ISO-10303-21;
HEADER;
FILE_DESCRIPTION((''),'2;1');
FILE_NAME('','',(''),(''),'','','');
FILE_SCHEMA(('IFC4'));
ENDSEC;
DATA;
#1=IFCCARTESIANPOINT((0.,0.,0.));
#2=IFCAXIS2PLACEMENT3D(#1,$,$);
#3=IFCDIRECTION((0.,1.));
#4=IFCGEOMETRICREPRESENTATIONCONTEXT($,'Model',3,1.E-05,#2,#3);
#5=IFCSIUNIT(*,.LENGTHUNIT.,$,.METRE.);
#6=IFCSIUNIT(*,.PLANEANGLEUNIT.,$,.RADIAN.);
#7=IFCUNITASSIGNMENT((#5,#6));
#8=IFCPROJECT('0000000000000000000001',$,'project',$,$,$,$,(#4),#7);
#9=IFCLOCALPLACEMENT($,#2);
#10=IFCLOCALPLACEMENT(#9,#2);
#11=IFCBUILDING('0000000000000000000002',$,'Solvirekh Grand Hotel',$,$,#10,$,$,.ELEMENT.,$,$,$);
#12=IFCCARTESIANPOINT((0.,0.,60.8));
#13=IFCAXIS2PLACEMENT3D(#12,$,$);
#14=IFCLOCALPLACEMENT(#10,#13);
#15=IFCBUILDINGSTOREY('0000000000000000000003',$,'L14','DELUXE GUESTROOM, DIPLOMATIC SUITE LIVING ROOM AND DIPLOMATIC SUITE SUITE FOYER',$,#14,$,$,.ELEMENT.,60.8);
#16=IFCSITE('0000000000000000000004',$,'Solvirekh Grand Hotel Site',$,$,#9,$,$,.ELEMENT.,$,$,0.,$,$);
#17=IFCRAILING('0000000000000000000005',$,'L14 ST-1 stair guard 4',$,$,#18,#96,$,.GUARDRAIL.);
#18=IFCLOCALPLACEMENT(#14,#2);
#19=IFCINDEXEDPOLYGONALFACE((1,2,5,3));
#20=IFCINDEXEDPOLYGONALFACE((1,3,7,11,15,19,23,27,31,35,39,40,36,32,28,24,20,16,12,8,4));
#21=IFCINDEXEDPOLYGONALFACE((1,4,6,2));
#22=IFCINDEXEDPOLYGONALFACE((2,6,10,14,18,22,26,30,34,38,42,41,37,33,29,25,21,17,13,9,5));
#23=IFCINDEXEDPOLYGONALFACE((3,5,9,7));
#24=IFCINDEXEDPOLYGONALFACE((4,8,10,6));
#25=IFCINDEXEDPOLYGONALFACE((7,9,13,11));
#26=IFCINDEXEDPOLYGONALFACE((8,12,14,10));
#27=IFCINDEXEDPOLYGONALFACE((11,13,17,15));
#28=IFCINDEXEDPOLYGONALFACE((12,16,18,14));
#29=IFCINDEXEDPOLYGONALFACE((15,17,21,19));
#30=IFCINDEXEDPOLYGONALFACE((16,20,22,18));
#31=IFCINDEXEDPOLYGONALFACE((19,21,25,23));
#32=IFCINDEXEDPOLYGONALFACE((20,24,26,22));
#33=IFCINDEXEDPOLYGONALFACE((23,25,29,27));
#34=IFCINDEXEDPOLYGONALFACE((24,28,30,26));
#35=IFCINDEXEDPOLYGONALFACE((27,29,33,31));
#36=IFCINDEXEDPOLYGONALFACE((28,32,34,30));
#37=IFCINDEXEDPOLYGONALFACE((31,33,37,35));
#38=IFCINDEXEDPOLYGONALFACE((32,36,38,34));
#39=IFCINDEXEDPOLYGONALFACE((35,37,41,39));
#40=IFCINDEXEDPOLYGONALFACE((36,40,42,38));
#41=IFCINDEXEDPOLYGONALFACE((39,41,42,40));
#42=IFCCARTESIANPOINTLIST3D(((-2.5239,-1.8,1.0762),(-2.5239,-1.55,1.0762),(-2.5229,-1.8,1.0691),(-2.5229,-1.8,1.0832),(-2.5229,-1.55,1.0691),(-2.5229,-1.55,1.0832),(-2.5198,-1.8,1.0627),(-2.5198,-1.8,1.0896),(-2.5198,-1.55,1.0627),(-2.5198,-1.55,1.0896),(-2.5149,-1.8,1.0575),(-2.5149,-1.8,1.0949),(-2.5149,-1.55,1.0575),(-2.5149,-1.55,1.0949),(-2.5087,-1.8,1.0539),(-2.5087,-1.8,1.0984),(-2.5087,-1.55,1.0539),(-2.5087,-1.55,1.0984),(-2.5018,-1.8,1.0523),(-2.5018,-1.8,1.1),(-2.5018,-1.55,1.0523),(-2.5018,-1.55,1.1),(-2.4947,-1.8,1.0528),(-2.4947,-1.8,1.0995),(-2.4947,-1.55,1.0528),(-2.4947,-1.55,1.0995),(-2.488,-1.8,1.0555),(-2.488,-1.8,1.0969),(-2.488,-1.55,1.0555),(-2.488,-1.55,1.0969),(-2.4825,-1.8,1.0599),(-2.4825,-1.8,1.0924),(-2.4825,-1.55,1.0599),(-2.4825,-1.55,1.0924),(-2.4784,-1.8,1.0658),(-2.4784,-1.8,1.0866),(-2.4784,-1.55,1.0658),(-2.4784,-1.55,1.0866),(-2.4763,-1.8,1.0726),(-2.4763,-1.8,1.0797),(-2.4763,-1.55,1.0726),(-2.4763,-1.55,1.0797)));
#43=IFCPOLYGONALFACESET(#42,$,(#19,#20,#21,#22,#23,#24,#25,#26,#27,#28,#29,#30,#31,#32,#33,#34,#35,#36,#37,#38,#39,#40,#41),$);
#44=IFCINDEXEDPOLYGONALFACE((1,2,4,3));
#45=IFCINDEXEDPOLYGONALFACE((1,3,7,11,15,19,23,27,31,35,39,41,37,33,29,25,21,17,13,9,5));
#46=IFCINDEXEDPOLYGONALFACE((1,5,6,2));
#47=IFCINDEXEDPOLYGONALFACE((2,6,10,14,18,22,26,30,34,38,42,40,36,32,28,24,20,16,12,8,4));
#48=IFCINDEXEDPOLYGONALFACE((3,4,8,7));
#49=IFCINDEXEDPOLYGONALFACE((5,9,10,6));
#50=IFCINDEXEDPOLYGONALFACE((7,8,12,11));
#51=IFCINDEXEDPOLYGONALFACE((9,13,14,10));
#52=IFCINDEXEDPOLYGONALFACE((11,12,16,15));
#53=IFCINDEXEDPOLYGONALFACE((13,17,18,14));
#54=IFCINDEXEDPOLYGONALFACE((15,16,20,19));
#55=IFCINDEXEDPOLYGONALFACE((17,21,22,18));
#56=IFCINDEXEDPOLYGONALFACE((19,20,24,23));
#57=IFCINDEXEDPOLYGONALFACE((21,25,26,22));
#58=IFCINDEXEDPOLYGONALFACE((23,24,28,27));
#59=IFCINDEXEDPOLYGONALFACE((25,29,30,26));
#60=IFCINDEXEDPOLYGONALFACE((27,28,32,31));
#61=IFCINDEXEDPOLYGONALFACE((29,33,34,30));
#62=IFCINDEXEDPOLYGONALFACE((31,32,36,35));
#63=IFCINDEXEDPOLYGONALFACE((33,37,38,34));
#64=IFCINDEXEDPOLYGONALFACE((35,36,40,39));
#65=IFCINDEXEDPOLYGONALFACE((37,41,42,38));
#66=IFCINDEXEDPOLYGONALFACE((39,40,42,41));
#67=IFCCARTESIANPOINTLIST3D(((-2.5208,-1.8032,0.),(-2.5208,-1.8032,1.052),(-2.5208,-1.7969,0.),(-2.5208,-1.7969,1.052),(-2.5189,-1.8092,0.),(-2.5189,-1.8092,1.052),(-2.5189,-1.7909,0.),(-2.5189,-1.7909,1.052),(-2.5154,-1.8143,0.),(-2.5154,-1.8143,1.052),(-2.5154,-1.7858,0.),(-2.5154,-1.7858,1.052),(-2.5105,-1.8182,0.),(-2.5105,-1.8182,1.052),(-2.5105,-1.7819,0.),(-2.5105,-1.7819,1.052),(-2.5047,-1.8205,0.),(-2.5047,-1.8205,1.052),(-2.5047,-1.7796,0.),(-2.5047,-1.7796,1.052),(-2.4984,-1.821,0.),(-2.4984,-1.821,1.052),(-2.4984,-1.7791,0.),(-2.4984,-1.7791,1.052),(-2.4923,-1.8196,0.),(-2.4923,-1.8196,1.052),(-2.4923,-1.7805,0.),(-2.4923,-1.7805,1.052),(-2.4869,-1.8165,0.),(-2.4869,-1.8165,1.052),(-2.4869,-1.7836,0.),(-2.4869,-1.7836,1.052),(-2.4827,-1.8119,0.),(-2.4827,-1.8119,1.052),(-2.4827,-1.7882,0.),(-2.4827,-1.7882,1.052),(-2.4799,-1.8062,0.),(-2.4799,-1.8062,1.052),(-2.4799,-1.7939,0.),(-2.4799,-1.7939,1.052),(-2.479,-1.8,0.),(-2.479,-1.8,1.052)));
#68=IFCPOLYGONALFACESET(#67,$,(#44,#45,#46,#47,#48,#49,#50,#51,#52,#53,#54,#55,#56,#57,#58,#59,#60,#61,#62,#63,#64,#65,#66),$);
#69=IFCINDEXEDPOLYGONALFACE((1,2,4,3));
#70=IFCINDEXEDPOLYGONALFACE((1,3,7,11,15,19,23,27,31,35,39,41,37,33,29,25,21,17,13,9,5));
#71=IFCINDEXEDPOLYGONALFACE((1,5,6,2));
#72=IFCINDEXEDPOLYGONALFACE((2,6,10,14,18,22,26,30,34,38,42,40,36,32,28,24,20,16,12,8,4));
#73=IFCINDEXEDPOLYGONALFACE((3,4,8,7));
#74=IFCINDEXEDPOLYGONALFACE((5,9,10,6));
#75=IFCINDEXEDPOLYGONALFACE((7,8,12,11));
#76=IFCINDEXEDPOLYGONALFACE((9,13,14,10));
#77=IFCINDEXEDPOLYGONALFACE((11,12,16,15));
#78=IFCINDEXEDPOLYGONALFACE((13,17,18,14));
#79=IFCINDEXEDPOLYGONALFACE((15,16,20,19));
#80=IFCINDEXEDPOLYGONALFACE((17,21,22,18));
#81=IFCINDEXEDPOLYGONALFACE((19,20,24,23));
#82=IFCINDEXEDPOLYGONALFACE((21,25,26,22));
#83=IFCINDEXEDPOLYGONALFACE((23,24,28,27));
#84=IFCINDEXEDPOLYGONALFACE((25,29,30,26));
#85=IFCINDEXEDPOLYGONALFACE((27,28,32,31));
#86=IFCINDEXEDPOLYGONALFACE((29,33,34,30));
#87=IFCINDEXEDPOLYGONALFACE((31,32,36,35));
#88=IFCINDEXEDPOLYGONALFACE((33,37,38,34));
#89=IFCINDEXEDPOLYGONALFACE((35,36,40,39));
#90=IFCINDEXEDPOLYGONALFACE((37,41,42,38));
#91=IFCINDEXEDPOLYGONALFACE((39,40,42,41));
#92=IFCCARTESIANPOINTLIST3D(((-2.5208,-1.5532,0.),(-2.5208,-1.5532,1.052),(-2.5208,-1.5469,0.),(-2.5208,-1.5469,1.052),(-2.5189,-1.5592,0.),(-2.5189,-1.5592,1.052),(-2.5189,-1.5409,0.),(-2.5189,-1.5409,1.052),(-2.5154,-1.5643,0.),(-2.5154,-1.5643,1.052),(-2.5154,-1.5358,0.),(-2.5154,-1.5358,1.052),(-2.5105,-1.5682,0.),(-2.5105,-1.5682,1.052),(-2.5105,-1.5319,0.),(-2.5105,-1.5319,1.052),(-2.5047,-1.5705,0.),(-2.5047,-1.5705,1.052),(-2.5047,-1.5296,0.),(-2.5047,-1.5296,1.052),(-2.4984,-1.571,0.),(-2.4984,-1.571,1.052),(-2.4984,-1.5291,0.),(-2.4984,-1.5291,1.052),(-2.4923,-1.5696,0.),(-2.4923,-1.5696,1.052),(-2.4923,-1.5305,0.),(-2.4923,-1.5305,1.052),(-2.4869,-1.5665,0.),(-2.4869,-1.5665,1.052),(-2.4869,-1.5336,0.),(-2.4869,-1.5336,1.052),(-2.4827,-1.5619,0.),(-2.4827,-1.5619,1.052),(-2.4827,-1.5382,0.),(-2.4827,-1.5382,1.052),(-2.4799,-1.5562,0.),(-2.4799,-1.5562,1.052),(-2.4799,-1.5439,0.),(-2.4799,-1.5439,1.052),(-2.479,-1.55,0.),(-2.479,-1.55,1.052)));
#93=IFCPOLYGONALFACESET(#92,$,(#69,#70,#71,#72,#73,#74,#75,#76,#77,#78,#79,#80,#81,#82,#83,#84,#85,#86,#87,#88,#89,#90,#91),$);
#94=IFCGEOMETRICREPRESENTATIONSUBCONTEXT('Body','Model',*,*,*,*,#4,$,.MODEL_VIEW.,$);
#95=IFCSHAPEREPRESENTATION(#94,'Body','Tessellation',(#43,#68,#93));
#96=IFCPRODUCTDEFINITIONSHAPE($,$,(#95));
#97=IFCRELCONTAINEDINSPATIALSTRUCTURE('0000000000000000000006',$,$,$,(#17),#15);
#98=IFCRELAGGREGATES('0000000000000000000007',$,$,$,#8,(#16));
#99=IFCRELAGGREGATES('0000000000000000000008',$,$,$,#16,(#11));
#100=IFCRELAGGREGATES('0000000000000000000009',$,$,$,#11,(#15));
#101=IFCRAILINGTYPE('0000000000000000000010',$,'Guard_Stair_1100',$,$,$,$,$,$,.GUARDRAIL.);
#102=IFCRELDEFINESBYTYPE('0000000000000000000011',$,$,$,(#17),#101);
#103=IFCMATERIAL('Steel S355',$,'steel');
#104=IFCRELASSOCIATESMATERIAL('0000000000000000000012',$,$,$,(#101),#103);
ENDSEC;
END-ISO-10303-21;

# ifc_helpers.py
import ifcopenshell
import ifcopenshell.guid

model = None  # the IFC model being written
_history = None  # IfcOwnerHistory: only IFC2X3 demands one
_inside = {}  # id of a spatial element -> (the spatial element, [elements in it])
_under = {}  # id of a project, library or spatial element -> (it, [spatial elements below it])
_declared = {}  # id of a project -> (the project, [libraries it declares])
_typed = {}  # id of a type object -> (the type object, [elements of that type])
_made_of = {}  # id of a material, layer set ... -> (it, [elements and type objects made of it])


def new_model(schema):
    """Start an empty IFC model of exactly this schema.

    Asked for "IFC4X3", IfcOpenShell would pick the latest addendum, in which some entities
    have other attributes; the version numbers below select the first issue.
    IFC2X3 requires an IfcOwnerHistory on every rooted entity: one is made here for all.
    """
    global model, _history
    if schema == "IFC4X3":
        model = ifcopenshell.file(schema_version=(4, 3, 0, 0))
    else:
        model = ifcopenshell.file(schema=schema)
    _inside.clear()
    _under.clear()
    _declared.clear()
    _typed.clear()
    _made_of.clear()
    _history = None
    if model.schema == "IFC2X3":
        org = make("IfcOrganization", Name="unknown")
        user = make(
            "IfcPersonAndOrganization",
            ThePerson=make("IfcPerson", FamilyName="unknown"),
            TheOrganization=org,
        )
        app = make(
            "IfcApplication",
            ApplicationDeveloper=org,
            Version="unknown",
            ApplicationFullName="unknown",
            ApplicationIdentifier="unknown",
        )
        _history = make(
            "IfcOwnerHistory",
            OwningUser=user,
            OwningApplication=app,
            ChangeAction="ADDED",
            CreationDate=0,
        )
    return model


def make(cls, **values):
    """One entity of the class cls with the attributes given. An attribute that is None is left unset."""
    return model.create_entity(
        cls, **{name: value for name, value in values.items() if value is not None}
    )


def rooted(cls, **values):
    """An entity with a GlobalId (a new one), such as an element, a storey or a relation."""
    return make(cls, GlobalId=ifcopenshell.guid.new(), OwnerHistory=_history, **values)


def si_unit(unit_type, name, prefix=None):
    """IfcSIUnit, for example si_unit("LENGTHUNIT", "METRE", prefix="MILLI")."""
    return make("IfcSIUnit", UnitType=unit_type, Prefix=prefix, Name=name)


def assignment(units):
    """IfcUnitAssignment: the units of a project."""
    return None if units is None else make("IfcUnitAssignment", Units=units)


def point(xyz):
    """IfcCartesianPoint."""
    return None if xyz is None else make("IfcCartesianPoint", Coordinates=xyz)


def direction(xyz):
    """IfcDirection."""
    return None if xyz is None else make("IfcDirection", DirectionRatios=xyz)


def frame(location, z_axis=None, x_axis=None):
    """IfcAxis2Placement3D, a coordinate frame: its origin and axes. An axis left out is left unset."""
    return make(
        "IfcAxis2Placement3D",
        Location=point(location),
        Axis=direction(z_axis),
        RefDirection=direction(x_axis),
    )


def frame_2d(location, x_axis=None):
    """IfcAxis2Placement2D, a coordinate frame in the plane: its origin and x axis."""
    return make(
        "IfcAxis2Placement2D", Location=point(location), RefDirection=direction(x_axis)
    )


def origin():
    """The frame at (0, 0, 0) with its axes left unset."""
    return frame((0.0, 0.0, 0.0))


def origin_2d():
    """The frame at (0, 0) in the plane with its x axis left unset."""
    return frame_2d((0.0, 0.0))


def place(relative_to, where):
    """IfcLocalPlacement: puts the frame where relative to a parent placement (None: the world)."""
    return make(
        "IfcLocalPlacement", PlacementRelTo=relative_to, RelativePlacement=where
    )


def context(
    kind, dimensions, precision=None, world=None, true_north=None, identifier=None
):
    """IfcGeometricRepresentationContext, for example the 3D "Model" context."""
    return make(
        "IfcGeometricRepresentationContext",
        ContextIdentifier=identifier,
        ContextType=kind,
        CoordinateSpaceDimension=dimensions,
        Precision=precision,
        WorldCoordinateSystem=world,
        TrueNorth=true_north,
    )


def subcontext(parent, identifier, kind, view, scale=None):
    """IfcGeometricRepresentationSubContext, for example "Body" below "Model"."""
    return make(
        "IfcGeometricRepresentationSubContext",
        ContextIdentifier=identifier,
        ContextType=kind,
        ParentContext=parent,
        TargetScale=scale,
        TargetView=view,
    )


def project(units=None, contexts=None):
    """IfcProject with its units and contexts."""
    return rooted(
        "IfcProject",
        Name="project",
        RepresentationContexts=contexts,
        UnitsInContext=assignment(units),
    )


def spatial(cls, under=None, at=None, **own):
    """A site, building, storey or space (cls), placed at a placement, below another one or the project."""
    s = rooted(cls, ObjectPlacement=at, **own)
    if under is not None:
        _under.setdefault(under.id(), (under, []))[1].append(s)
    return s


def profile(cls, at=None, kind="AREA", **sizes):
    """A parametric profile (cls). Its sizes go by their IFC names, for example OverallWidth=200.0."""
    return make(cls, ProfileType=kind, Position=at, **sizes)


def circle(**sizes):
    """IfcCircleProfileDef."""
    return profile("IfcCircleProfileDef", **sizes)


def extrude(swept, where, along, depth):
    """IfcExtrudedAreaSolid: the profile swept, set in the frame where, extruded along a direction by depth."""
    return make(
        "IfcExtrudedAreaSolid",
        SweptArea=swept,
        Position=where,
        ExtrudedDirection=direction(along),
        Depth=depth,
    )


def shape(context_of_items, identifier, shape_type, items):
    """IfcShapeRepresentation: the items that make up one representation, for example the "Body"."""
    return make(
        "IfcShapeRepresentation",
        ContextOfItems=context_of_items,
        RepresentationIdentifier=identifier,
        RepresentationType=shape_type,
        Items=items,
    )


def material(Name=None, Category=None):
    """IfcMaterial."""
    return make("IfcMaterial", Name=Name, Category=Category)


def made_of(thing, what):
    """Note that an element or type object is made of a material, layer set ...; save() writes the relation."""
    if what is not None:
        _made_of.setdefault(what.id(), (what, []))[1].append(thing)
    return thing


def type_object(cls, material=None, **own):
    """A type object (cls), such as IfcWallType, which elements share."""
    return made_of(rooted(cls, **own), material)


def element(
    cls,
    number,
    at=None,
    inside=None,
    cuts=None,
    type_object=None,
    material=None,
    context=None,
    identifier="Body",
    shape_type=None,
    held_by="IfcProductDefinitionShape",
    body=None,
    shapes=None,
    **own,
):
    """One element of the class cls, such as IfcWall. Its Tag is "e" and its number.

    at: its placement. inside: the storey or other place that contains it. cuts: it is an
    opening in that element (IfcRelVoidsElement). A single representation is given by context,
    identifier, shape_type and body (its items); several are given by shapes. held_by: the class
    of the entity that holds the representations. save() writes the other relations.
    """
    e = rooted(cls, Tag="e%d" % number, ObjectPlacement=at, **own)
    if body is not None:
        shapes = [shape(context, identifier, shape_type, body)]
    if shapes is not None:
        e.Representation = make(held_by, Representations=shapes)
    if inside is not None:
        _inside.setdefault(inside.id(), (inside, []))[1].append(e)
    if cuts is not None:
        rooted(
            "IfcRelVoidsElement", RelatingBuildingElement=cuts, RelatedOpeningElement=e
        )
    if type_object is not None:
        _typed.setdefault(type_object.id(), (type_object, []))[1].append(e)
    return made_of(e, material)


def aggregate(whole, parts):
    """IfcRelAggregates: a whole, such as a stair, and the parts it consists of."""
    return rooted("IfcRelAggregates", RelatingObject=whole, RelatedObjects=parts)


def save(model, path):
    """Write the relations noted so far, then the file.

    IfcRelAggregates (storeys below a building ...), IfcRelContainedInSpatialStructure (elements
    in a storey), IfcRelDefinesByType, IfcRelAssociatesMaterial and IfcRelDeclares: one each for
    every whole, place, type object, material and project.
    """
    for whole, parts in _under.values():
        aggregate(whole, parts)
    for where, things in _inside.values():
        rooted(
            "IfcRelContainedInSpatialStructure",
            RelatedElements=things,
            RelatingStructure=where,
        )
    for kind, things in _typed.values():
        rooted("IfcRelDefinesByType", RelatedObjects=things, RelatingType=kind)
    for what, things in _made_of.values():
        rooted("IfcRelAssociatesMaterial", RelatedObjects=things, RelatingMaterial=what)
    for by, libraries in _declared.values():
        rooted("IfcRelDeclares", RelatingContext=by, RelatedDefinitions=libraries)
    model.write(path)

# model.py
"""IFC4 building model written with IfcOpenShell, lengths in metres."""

from ifc_helpers import new_model, si_unit, direction, frame, origin, origin_2d, place, context, subcontext, project, spatial, circle, extrude, material, type_object, element, save


model = new_model("IFC4")

# Units and contexts
model_context = context("Model", 3, precision=1e-05, world=origin(), true_north=direction((0.0, 1.0)))
body_context = subcontext(model_context, "Body", "Model", "MODEL_VIEW")
ifc_project = project(units=[si_unit("LENGTHUNIT", "METRE"), si_unit("PLANEANGLEUNIT", "RADIAN")], contexts=[model_context])

# Site, building, storey
site_placement = place(None, origin())
site = spatial("IfcSite", under=ifc_project, at=site_placement, Name="Solvirekh Grand Hotel Site", CompositionType="ELEMENT", RefElevation=0.0)
building_placement = place(site_placement, origin())
building = spatial("IfcBuilding", under=site, at=building_placement, Name="Solvirekh Grand Hotel", CompositionType="ELEMENT")
storey_placement = place(building_placement, frame((0.0, 0.0, 60.8)))
storey = spatial("IfcBuildingStorey", under=building, at=storey_placement, Name="L14", Description="DELUXE GUESTROOM, DIPLOMATIC SUITE LIVING ROOM AND DIPLOMATIC SUITE SUITE FOYER", CompositionType="ELEMENT", Elevation=60.8)

# Railing
ifc_material_1 = material(Name="Steel S355", Category="steel")
railing_type_1 = type_object("IfcRailingType", Name="Guard_Stair_1100", PredefinedType="GUARDRAIL", material=ifc_material_1)
railing_1_placement = place(storey_placement, frame((-2.5, -1.8, 0.0)))
element("IfcRailing", 1, at=railing_1_placement, inside=storey, type_object=railing_type_1, Name="L14 ST-1 stair guard 4", PredefinedType="GUARDRAIL", context=body_context, shape_type="SweptSolid", body=[
    extrude(circle(Radius=0.0239, at=origin_2d()), frame((0.0, 0.0, 1.0762), z_axis=(0.0, 1.0, 0.0), x_axis=(-1.0, 0.0, 0.0)), (0.0, 0.0, 1.0), 0.25),
    extrude(circle(Radius=0.021, at=origin_2d()), origin(), (0.0, 0.0, 1.0), 1.052),
    extrude(circle(Radius=0.021, at=origin_2d()), frame((0.0, 0.25, 0.0)), (0.0, 0.0, 1.0), 1.052),
])

save(model, "model.ifc")
